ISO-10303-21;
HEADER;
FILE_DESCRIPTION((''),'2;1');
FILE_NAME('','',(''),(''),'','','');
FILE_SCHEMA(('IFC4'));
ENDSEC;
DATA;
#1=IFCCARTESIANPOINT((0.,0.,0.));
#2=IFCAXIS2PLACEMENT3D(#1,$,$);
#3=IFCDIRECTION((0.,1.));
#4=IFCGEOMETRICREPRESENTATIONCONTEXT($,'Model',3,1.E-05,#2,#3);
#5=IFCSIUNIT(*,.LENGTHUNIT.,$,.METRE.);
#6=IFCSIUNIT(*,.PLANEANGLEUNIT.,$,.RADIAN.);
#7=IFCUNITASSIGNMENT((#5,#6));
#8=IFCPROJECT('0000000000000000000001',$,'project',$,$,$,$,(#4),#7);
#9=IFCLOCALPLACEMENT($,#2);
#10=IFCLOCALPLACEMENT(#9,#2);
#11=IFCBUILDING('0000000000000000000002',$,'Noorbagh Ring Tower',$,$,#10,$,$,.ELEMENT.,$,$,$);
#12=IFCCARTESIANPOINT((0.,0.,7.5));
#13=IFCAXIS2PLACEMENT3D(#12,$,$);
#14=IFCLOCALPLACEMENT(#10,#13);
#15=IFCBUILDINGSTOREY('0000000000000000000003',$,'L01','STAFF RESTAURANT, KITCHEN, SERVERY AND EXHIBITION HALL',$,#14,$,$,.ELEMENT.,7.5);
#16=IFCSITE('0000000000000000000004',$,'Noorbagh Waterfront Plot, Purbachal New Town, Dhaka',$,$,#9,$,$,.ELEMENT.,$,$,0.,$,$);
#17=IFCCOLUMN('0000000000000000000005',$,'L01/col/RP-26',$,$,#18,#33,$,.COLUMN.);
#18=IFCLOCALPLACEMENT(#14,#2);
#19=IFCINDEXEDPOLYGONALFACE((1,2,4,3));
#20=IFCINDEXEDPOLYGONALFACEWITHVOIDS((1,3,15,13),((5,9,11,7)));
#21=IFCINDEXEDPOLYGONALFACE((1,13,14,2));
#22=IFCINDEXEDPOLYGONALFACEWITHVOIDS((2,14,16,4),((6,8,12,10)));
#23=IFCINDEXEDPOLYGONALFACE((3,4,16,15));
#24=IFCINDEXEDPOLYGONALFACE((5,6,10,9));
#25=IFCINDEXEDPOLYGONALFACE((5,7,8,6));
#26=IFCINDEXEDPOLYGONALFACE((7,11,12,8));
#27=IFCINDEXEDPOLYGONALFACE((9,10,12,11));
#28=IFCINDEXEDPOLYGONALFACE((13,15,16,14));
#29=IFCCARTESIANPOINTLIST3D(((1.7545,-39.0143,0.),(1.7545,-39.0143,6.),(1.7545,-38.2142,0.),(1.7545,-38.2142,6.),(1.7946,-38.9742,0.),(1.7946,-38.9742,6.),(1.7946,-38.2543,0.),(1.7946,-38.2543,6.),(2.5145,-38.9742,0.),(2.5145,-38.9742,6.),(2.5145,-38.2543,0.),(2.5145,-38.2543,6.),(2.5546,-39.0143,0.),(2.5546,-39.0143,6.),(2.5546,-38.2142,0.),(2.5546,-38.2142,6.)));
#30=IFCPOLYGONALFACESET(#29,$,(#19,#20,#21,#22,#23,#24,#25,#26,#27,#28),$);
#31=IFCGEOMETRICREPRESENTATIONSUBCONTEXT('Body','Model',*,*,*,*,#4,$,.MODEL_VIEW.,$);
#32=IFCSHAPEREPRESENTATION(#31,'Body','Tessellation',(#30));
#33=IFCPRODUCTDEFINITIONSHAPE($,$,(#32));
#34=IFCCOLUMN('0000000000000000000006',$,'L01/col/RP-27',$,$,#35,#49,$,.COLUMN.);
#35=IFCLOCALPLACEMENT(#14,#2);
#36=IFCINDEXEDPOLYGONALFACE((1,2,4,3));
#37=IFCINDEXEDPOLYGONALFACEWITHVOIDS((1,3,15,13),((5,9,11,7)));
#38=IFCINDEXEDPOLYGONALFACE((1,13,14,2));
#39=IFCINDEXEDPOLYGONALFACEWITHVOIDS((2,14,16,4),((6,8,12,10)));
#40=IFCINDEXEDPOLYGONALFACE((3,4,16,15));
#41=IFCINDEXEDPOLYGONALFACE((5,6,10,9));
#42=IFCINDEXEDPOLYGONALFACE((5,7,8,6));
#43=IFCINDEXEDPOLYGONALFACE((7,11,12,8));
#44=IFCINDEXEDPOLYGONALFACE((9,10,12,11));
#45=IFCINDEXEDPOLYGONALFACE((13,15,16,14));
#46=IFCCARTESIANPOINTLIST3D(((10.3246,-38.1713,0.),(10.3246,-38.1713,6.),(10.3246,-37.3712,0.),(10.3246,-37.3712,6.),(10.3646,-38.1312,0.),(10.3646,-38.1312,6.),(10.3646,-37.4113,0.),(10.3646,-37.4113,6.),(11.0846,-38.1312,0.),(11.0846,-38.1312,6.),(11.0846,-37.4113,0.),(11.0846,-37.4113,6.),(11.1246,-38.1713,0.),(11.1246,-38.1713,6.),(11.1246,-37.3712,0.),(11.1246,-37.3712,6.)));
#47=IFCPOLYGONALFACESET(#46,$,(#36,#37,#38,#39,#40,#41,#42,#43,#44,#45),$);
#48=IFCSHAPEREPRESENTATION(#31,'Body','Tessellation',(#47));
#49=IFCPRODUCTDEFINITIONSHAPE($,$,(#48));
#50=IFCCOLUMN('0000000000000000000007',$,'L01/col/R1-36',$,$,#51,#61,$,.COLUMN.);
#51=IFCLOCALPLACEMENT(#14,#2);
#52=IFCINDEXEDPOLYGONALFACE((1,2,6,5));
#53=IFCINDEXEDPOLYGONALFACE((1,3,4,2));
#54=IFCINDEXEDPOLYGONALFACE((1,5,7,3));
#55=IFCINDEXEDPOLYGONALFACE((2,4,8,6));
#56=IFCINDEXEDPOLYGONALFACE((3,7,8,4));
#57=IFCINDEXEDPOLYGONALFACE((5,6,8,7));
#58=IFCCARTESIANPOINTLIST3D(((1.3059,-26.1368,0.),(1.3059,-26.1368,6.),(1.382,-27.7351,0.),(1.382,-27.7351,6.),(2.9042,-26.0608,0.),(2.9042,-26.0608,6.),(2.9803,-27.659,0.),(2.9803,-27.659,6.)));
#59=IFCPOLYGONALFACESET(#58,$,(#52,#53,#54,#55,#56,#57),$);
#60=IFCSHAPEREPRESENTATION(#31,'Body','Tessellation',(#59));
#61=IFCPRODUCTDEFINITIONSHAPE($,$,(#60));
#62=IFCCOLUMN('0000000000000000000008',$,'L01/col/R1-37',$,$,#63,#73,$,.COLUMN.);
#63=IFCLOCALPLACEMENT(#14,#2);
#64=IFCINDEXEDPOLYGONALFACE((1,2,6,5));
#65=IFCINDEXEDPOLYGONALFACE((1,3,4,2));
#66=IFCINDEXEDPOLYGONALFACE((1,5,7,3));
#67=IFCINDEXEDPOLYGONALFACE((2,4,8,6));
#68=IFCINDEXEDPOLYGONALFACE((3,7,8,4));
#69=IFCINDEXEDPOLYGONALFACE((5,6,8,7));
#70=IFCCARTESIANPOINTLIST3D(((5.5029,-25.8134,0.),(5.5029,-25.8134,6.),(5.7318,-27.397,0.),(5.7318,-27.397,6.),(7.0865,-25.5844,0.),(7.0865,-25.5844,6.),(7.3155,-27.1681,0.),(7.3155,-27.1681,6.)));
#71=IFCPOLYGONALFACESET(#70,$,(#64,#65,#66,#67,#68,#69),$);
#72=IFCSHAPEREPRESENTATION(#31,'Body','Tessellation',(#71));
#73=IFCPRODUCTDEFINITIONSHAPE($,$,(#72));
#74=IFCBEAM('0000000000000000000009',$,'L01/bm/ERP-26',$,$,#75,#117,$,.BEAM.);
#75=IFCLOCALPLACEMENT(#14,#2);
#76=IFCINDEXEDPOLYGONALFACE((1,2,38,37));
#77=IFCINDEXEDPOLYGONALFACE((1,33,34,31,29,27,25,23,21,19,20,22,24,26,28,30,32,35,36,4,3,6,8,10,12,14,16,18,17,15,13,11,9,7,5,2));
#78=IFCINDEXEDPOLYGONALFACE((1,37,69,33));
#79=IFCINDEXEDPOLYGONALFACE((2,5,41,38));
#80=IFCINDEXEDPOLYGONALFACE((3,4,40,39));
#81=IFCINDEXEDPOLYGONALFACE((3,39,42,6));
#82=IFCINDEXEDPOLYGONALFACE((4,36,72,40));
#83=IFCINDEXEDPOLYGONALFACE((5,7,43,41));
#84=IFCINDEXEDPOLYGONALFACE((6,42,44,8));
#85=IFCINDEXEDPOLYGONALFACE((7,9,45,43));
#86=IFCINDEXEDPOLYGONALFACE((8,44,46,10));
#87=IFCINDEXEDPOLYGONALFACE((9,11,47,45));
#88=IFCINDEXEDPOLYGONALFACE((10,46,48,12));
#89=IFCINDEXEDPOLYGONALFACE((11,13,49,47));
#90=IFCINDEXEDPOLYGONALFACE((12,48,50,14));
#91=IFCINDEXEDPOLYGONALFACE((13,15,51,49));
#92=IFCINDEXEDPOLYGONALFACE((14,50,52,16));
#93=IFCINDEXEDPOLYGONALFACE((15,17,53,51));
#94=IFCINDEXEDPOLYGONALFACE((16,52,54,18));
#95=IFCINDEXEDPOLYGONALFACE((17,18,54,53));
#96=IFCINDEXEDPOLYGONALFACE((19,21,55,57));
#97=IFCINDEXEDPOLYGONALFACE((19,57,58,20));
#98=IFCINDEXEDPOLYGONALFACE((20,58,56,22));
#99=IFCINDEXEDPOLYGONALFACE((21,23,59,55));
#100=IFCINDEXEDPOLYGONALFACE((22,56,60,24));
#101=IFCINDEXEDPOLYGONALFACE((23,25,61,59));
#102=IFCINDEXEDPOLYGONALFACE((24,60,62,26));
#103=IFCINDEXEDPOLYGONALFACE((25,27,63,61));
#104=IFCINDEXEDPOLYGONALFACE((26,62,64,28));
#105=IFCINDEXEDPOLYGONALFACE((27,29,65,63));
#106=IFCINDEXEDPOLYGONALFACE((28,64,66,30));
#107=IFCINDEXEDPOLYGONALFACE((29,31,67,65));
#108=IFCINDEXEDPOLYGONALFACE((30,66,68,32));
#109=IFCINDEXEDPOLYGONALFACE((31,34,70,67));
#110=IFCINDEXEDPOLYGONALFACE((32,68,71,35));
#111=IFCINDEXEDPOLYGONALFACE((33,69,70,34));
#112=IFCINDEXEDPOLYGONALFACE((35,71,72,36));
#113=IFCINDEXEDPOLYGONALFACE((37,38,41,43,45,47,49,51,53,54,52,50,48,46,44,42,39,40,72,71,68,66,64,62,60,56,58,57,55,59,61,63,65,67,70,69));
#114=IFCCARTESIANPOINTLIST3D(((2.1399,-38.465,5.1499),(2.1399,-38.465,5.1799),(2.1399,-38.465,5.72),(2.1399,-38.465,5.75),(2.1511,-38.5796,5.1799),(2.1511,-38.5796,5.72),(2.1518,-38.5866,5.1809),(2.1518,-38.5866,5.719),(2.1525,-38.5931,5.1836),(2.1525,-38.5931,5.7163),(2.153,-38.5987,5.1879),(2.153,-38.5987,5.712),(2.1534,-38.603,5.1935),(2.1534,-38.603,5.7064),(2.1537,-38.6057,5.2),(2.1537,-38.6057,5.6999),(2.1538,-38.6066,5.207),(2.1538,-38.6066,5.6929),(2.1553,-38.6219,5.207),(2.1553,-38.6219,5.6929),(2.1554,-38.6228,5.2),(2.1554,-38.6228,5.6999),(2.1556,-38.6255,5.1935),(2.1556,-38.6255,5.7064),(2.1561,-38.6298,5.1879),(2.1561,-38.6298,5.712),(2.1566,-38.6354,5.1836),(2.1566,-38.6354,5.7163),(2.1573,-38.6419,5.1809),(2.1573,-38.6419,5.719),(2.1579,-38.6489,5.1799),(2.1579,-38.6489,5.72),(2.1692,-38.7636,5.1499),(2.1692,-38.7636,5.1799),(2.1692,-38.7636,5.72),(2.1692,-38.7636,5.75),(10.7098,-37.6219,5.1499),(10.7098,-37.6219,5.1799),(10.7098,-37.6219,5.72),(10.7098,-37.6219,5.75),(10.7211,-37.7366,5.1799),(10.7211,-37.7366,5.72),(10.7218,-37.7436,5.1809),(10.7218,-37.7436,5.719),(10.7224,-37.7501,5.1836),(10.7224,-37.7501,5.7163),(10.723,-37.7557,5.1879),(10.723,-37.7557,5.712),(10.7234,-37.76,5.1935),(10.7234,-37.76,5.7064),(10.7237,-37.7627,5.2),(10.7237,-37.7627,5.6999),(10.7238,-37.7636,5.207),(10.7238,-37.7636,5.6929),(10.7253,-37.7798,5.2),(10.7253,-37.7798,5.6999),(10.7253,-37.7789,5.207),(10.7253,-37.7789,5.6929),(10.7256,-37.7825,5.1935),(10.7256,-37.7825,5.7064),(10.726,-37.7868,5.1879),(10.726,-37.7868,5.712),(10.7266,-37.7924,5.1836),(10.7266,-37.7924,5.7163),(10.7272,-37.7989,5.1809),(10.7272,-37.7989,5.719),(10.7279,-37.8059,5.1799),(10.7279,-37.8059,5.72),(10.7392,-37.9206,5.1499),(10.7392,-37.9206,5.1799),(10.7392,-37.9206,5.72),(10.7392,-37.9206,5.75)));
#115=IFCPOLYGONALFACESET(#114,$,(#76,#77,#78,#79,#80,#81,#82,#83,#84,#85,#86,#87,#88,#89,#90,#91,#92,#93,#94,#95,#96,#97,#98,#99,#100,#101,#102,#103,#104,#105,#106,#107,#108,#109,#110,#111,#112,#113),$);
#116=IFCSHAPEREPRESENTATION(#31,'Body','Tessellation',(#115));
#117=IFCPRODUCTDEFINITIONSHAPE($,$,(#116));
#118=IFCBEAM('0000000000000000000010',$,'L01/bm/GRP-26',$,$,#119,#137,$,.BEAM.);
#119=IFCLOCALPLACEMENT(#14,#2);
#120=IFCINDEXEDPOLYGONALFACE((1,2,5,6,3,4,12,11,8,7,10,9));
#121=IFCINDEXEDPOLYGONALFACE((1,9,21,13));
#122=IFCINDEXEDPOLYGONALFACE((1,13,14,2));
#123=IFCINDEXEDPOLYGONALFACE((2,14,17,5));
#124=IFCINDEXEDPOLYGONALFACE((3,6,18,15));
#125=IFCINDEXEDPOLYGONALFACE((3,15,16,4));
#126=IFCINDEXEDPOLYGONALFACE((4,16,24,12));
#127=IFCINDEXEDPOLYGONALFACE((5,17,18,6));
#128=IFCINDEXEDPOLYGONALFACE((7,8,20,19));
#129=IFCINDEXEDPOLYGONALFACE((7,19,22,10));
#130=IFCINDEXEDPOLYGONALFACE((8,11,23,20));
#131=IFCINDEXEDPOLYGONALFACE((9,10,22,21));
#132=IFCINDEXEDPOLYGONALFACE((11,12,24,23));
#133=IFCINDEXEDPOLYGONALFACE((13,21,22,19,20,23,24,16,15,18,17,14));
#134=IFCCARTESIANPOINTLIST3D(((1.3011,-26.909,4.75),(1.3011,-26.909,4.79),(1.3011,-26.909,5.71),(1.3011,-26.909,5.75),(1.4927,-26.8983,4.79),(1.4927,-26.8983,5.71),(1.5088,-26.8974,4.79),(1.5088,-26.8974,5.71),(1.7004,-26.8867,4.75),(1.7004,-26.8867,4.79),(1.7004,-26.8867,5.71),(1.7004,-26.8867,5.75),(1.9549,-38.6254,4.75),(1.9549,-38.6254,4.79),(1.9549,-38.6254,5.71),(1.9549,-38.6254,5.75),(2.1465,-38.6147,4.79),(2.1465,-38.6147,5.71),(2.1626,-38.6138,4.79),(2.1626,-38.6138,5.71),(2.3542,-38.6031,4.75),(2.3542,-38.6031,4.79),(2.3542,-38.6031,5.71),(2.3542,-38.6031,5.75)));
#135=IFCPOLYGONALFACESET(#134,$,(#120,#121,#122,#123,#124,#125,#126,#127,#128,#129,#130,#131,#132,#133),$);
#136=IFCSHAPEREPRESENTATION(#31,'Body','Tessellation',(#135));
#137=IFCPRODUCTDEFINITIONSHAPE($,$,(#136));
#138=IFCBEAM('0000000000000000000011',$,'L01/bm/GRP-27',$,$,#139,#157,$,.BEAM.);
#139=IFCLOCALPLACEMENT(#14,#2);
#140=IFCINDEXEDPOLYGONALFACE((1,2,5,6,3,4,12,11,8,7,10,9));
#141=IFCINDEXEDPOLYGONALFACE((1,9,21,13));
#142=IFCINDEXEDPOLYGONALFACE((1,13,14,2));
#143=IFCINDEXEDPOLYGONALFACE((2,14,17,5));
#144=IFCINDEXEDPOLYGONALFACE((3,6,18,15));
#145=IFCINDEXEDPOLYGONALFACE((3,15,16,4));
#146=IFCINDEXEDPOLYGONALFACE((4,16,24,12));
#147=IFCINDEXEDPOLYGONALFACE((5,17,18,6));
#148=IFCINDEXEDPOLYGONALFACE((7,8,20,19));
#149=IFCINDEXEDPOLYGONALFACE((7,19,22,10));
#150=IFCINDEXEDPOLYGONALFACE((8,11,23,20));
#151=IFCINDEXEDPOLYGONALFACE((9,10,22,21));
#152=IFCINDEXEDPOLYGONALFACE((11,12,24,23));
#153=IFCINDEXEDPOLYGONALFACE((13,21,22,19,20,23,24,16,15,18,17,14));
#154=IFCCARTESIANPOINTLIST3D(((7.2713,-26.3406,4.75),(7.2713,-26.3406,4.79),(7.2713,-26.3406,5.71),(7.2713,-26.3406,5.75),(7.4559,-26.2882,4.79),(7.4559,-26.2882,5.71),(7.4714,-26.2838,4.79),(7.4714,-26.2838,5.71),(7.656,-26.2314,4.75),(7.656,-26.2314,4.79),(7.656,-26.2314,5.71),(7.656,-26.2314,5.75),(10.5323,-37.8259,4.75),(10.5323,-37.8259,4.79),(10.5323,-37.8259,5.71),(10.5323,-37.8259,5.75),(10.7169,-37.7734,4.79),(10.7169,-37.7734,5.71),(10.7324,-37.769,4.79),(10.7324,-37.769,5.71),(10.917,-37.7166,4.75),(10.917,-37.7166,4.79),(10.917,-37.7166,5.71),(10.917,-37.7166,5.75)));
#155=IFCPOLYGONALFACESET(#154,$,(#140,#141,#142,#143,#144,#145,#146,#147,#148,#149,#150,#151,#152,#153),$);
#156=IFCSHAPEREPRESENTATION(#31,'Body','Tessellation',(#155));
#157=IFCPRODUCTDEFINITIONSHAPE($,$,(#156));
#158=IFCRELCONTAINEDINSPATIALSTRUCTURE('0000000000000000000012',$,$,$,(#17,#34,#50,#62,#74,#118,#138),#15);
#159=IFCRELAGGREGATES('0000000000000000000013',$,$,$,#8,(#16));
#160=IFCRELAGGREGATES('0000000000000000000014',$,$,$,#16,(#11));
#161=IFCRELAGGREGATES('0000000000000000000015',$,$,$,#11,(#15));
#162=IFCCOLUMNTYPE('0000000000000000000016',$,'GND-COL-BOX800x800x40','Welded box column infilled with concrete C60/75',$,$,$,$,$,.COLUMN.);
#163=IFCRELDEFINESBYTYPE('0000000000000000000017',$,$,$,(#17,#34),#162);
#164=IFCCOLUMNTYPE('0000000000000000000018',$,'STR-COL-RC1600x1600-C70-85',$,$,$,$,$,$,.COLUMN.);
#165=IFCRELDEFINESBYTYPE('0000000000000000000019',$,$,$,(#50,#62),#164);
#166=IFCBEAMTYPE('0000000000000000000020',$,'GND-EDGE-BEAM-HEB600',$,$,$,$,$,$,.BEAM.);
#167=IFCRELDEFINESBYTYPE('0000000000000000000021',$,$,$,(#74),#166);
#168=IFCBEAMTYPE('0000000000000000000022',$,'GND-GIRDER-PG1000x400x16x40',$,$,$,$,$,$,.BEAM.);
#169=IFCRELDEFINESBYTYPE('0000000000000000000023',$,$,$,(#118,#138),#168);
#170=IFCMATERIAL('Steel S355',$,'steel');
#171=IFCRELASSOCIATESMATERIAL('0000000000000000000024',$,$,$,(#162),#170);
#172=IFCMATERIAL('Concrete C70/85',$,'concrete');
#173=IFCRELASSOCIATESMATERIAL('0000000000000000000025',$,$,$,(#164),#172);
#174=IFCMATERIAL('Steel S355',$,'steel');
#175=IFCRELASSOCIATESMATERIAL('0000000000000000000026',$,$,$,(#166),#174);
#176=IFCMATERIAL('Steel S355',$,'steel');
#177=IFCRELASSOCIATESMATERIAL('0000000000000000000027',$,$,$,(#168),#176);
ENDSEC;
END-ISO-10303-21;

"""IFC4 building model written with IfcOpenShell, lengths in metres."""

from ifc_helpers import new_model, si_unit, direction, frame, origin, origin_2d, place, context, subcontext, project, spatial, rectangle, hollow_rectangle, i_section, extrude, material, material_profile, profile_set, type_object, element, save


model = new_model("IFC4")

# Units and contexts
model_context = context("Model", 3, precision=1e-05, world=origin(), true_north=direction((0.0, 1.0)))
body_context = subcontext(model_context, "Body", "Model", "MODEL_VIEW")
ifc_project = project(units=[si_unit("LENGTHUNIT", "METRE"), si_unit("PLANEANGLEUNIT", "RADIAN")], contexts=[model_context])

# Site, building, storey
site_placement = place(None, origin())
site = spatial("IfcSite", under=ifc_project, at=site_placement, Name="Noorbagh Waterfront Plot, Purbachal New Town, Dhaka", CompositionType="ELEMENT", RefElevation=0.0)
building_placement = place(site_placement, origin())
building = spatial("IfcBuilding", under=site, at=building_placement, Name="Noorbagh Ring Tower", CompositionType="ELEMENT")
storey_placement = place(building_placement, frame((0.0, 0.0, 7.5)))
storey = spatial("IfcBuildingStorey", under=building, at=storey_placement, Name="L01", Description="STAFF RESTAURANT, KITCHEN, SERVERY AND EXHIBITION HALL", CompositionType="ELEMENT", Elevation=7.5)

# Columns
ifc_material_1 = material(Name="Steel S355", Category="steel")
ifc_material_profile_1 = material_profile(ifc_material_1, hollow_rectangle(XDim=0.8, YDim=0.8, WallThickness=0.04, at=origin_2d()), Name="BOX800x800x40")
ifc_profile_set_1 = profile_set([ifc_material_profile_1], Name="Steel S355")
column_type_1 = type_object("IfcColumnType", Name="GND-COL-BOX800x800x40", Description="Welded box column infilled with concrete C60/75", PredefinedType="COLUMN", material=ifc_profile_set_1)
for number, where, z_axis, x_axis, name in (
    (1, (2.1545, -38.6143, 0.0), (0.0, 0.0, 1.0), (1.0, 0.0, 0.0), "L01/col/RP-26"),
    (2, (10.7246, -37.7712, 0.0), (0.0, 0.0, 1.0), (1.0, 0.0, 0.0), "L01/col/RP-27"),
):
    element("IfcColumn", number, at=place(storey_placement, frame(where, z_axis=z_axis, x_axis=x_axis)), inside=storey, type_object=column_type_1, Name=name, PredefinedType="COLUMN", context=body_context, shape_type="SweptSolid", body=[
        extrude(hollow_rectangle(XDim=0.8, YDim=0.8, WallThickness=0.04, at=origin_2d()), origin(), (0.0, 0.0, 1.0), 6.0),
    ])
ifc_material_2 = material(Name="Concrete C70/85", Category="concrete")
ifc_material_profile_2 = material_profile(ifc_material_2, rectangle(XDim=1.6001, YDim=1.6001, at=origin_2d()), Name="RC1600x1600")
ifc_profile_set_2 = profile_set([ifc_material_profile_2], Name="Concrete C70/85")
column_type_2 = type_object("IfcColumnType", Name="STR-COL-RC1600x1600-C70-85", PredefinedType="COLUMN", material=ifc_profile_set_2)
for number, where, z_axis, x_axis, name in (
    (3, (2.1431, -26.8979, 0.0), (0.0, 0.0, 1.0), (0.998869, 0.047553, 0.0), "L01/col/R1-36"),
    (4, (6.4092, -26.4907, 0.0), (0.0, 0.0, 1.0), (0.989713, 0.143066, 0.0), "L01/col/R1-37"),
):
    element("IfcColumn", number, at=place(storey_placement, frame(where, z_axis=z_axis, x_axis=x_axis)), inside=storey, type_object=column_type_2, Name=name, PredefinedType="COLUMN", context=body_context, shape_type="SweptSolid", body=[
        extrude(rectangle(XDim=1.6001, YDim=1.6001, at=origin_2d()), origin(), (0.0, 0.0, 1.0), 6.0),
    ])

# Beams
ifc_material_3 = material(Name="Steel S355", Category="steel")
ifc_material_profile_3 = material_profile(ifc_material_3, i_section(OverallWidth=0.3, OverallDepth=0.6001, WebThickness=0.0154, FlangeThickness=0.03, FilletRadius=0.0271, at=origin_2d()), Name="HEB600")
ifc_profile_set_3 = profile_set([ifc_material_profile_3], Name="Steel S355")
beam_type_1 = type_object("IfcBeamType", Name="GND-EDGE-BEAM-HEB600", PredefinedType="BEAM", material=ifc_profile_set_3)
beam_1_placement = place(storey_placement, frame((2.1545, -38.6143, 5.45), z_axis=(0.995197, 0.097895, 0.0), x_axis=(-0.097895, 0.995197, 0.0)))
element("IfcBeam", 5, at=beam_1_placement, inside=storey, type_object=beam_type_1, Name="L01/bm/ERP-26", PredefinedType="BEAM", context=body_context, shape_type="SweptSolid", body=[
    extrude(i_section(OverallWidth=0.3, OverallDepth=0.6001, WebThickness=0.0154, FlangeThickness=0.03, FilletRadius=0.0271, at=origin_2d()), origin(), (0.0, 0.0, 1.0), 8.6113),
])
ifc_material_4 = material(Name="Steel S355", Category="steel")
ifc_material_profile_4 = material_profile(ifc_material_4, i_section(OverallWidth=0.3999, OverallDepth=1.0, WebThickness=0.0161, FlangeThickness=0.04, at=origin_2d()), Name="PG1000x400x16x40")
ifc_profile_set_4 = profile_set([ifc_material_profile_4], Name="Steel S355")
beam_type_2 = type_object("IfcBeamType", Name="GND-GIRDER-PG1000x400x16x40", PredefinedType="BEAM", material=ifc_profile_set_4)
beam_2_placement = place(storey_placement, frame((2.1545, -38.6143, 5.25), z_axis=(-0.055717, 0.998447, 0.0), x_axis=(-0.998447, -0.055717, 0.0)))
element("IfcBeam", 6, at=beam_2_placement, inside=storey, type_object=beam_type_2, Name="L01/bm/GRP-26", PredefinedType="BEAM", context=body_context, shape_type="SweptSolid", body=[
    extrude(i_section(OverallWidth=0.3999, OverallDepth=1.0, WebThickness=0.0161, FlangeThickness=0.04, at=origin_2d()), origin(), (0.0, 0.0, 1.0), 11.7346),
])
beam_3_placement = place(storey_placement, frame((10.7246, -37.7712, 5.25), z_axis=(-0.27313, 0.961977, 0.0), x_axis=(-0.961977, -0.27313, 0.0)))
element("IfcBeam", 7, at=beam_3_placement, inside=storey, type_object=beam_type_2, Name="L01/bm/GRP-27", PredefinedType="BEAM", context=body_context, shape_type="SweptSolid", body=[
    extrude(i_section(OverallWidth=0.3999, OverallDepth=1.0, WebThickness=0.0161, FlangeThickness=0.04, at=origin_2d()), origin(), (0.0, 0.0, 1.0), 11.9392),
])

save(model, "model.ifc")
